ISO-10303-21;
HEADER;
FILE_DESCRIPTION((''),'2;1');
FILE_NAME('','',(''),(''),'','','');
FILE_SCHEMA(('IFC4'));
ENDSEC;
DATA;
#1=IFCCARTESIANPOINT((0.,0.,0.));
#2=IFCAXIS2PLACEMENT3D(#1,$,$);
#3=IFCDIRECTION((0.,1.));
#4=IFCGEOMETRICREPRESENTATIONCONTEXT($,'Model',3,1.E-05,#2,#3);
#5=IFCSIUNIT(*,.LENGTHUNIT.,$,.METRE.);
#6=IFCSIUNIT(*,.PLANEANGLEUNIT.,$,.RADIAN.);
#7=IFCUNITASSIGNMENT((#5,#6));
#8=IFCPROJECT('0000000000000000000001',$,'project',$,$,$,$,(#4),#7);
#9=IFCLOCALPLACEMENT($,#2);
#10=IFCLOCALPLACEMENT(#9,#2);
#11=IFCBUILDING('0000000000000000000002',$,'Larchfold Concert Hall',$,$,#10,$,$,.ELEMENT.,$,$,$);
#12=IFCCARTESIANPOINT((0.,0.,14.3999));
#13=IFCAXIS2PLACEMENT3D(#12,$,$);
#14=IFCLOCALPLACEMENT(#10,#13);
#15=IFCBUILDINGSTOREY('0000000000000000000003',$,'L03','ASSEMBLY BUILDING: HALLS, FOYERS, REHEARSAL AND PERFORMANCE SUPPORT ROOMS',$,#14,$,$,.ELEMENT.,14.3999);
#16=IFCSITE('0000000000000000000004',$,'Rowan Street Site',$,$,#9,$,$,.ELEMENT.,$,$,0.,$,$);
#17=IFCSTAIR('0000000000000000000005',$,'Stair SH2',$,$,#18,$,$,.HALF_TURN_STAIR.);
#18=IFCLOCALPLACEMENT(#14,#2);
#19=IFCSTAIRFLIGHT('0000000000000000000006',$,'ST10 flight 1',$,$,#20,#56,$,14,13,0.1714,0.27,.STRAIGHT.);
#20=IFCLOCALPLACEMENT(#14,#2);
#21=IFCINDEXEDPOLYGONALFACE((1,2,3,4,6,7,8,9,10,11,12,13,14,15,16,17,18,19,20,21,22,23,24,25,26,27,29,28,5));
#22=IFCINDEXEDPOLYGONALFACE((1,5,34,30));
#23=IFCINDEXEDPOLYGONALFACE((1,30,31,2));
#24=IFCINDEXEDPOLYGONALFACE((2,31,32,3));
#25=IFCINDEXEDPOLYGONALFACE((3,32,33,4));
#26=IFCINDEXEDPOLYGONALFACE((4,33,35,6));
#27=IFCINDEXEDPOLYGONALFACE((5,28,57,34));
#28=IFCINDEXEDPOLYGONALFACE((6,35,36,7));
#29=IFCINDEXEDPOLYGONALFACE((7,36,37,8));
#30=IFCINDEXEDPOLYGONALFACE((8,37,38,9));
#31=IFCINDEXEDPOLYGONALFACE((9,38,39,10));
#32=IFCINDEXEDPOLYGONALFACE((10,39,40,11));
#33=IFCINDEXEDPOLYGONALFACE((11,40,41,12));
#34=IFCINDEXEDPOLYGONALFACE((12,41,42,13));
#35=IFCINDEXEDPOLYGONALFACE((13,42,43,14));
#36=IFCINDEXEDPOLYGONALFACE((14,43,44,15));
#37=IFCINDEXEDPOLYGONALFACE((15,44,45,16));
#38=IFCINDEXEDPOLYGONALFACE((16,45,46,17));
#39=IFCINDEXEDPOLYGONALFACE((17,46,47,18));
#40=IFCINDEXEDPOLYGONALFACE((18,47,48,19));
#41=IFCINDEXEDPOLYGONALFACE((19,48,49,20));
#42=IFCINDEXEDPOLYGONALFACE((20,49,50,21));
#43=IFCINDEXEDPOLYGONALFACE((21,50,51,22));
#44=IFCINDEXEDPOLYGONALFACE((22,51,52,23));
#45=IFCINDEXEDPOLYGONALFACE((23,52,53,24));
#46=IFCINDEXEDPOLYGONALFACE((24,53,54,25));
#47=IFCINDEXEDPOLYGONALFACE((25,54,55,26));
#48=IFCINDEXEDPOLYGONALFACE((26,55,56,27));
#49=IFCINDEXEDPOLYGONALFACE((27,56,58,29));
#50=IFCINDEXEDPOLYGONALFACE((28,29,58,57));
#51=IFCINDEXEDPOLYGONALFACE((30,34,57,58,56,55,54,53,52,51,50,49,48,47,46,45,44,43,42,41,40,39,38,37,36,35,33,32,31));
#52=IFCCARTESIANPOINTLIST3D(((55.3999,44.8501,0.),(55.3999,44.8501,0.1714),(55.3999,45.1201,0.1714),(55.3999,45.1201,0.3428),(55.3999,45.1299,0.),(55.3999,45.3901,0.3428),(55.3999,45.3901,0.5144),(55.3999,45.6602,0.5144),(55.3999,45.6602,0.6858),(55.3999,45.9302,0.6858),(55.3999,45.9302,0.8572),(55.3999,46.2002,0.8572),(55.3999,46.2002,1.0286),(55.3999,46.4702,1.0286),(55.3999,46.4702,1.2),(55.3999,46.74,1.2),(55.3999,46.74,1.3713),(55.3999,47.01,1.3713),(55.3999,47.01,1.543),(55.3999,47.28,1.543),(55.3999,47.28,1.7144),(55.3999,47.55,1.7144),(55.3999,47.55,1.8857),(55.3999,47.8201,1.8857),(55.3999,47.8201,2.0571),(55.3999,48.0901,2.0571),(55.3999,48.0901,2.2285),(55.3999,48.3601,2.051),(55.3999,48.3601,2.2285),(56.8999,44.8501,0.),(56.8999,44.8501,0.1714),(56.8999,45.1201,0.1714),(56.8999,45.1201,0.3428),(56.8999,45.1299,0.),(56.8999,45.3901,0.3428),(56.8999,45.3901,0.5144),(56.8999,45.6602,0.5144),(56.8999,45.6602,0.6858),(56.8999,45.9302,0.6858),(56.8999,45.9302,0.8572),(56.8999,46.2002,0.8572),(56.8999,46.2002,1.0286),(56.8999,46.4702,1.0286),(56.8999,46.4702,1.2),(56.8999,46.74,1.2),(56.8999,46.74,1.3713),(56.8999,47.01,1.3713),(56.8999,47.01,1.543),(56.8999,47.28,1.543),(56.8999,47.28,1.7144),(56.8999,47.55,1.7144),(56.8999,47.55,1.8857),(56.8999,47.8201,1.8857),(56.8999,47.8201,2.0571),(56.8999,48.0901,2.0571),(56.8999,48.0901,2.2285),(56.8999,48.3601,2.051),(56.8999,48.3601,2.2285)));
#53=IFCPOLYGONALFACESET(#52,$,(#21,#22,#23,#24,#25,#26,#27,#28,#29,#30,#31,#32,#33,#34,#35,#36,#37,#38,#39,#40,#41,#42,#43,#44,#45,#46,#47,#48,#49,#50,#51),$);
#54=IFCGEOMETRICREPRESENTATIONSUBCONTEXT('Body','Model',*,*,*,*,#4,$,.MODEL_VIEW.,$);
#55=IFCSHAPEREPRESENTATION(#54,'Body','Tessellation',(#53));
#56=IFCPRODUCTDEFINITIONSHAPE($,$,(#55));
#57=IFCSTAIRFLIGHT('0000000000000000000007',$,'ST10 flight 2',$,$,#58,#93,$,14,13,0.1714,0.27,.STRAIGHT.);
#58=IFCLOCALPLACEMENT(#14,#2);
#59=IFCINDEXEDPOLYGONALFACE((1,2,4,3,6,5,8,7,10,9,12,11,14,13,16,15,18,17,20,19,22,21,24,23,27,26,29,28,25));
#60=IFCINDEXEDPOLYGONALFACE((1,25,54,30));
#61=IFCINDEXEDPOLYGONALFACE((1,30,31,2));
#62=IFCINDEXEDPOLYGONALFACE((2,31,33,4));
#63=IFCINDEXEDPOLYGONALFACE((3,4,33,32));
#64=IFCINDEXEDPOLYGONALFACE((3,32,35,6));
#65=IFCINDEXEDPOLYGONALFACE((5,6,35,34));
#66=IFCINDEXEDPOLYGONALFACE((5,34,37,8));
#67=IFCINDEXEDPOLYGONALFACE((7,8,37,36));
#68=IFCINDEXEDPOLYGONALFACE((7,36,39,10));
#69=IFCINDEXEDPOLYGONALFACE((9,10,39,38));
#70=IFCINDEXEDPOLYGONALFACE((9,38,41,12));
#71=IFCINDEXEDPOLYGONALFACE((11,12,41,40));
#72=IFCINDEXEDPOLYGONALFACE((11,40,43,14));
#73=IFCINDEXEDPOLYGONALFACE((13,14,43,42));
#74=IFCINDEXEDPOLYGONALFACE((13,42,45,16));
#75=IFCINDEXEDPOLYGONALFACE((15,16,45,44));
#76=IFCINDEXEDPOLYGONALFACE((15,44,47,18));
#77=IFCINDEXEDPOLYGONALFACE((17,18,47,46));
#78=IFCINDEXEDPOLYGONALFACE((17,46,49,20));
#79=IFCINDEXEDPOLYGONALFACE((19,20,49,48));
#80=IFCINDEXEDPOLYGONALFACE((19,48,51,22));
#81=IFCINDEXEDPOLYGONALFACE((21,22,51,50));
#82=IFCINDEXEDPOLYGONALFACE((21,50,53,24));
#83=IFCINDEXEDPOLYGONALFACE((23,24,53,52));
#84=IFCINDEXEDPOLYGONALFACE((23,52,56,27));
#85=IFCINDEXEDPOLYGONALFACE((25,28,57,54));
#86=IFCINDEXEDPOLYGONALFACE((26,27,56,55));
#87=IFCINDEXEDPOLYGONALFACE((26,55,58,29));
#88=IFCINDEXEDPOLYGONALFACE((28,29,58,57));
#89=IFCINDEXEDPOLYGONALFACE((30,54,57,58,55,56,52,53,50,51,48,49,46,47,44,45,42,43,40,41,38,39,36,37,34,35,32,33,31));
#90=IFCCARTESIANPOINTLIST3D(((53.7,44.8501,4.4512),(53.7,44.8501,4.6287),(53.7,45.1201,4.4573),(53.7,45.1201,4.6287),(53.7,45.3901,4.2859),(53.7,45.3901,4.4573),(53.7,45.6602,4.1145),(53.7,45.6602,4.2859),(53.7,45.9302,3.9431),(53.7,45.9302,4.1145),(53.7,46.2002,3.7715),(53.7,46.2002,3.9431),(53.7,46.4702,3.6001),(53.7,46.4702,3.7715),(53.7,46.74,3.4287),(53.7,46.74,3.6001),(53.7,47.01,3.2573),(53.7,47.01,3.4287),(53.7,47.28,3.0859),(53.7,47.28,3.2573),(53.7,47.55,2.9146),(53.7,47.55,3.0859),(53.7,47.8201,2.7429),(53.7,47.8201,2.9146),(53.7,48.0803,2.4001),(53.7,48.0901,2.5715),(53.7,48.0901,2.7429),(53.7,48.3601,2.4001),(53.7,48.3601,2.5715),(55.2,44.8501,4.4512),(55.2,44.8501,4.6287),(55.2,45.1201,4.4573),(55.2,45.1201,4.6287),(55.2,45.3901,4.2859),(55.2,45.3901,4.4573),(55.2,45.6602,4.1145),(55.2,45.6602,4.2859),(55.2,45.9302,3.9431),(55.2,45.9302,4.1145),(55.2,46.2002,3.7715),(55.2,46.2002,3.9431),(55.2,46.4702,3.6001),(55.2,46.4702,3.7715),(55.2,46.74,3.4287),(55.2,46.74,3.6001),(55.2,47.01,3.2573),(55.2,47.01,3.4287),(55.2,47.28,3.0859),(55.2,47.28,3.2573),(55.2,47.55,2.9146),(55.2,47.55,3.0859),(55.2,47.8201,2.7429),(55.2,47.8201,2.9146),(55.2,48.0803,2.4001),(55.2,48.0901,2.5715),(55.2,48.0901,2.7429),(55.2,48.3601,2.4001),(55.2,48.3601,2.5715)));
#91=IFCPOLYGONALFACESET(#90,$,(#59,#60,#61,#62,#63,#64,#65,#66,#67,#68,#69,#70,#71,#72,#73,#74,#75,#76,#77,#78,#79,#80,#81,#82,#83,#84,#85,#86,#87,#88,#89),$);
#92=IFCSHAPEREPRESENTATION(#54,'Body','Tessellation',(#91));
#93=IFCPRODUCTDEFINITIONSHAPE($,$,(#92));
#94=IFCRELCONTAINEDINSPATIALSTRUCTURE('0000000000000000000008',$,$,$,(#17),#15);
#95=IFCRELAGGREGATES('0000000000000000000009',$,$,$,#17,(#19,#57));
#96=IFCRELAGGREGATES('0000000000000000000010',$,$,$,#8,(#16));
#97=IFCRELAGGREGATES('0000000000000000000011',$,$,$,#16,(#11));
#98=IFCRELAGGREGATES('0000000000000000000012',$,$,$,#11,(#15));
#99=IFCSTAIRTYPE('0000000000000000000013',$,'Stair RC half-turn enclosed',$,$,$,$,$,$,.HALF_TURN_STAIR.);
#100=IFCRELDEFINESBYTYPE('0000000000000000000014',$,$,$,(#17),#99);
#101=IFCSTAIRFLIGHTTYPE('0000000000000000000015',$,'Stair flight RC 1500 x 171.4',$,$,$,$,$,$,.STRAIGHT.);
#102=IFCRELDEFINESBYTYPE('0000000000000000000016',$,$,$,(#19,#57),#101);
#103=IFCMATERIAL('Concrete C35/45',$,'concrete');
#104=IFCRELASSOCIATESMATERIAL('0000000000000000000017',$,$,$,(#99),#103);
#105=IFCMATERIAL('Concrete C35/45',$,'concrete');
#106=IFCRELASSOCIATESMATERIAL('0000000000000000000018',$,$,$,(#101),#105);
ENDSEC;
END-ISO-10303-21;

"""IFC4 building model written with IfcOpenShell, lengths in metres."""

from ifc_helpers import new_model, si_unit, direction, frame, origin, place, context, subcontext, project, spatial, polyline, outline, extrude, material, type_object, element, aggregate, save


model = new_model("IFC4")

# Units and contexts
model_context = context("Model", 3, precision=1e-05, world=origin(), true_north=direction((0.0, 1.0)))
body_context = subcontext(model_context, "Body", "Model", "MODEL_VIEW")
ifc_project = project(units=[si_unit("LENGTHUNIT", "METRE"), si_unit("PLANEANGLEUNIT", "RADIAN")], contexts=[model_context])

# Site, building, storey
site_placement = place(None, origin())
site = spatial("IfcSite", under=ifc_project, at=site_placement, Name="Rowan Street Site", CompositionType="ELEMENT", RefElevation=0.0)
building_placement = place(site_placement, origin())
building = spatial("IfcBuilding", under=site, at=building_placement, Name="Larchfold Concert Hall", CompositionType="ELEMENT")
storey_placement = place(building_placement, frame((0.0, 0.0, 14.3999)))
storey = spatial("IfcBuildingStorey", under=building, at=storey_placement, Name="L03", Description="ASSEMBLY BUILDING: HALLS, FOYERS, REHEARSAL AND PERFORMANCE SUPPORT ROOMS", CompositionType="ELEMENT", Elevation=14.3999)

# Stair, stair flights
ifc_material_1 = material(Name="Concrete C35/45", Category="concrete")
stair_type = type_object("IfcStairType", Name="Stair RC half-turn enclosed", PredefinedType="HALF_TURN_STAIR", material=ifc_material_1)
stair_placement = place(storey_placement, origin())
stair = element("IfcStair", 1, at=stair_placement, inside=storey, type_object=stair_type, Name="Stair SH2", PredefinedType="HALF_TURN_STAIR")
ifc_material_2 = material(Name="Concrete C35/45", Category="concrete")
stair_flight_type = type_object("IfcStairFlightType", Name="Stair flight RC 1500 x 171.4", PredefinedType="STRAIGHT", material=ifc_material_2)
stair_flight_1_placement = place(storey_placement, frame((56.1499, 44.8501, 0.0), z_axis=(0.0, 0.0, 1.0), x_axis=(0.0, 1.0, 0.0)))
stair_flight_1 = element("IfcStairFlight", 2, at=stair_flight_1_placement, type_object=stair_flight_type, Name="ST10 flight 1", NumberOfRisers=14, NumberOfTreads=13, PredefinedType="STRAIGHT", RiserHeight=0.1714, TreadLength=0.27, context=body_context, shape_type="SweptSolid", body=[
    extrude(outline(polyline([(0.0, 0.0), (0.0, 0.1714), (0.27, 0.1714), (0.27, 0.3428), (0.54, 0.3428), (0.54, 0.5144), (0.8101, 0.5144), (0.8101, 0.6858), (1.0801, 0.6858), (1.0801, 0.8572), (1.3501, 0.8572), (1.3501, 1.0286), (1.6201, 1.0286), (1.6201, 1.2), (1.8899, 1.2), (1.8899, 1.3713), (2.1599, 1.3713), (2.1599, 1.543), (2.4299, 1.543), (2.4299, 1.7144), (2.7, 1.7144), (2.7, 1.8857), (2.97, 1.8857), (2.97, 2.0571), (3.24, 2.0571), (3.24, 2.2285), (3.51, 2.2285), (3.51, 2.3999), (3.51, 2.051), (0.2798, 0.0), (0.0, 0.0)])), frame((0.0, 0.75, 0.0), z_axis=(0.0, -1.0, 0.0), x_axis=(1.0, 0.0, 0.0)), (0.0, 0.0, 1.0), 1.5),
])
stair_flight_2_placement = place(storey_placement, frame((54.45, 48.3601, 2.4001), z_axis=(0.0, 0.0, 1.0), x_axis=(0.0, -1.0, 0.0)))
stair_flight_2 = element("IfcStairFlight", 3, at=stair_flight_2_placement, type_object=stair_flight_type, Name="ST10 flight 2", NumberOfRisers=14, NumberOfTreads=13, PredefinedType="STRAIGHT", RiserHeight=0.1714, TreadLength=0.27, context=body_context, shape_type="SweptSolid", body=[
    extrude(outline(polyline([(0.0, 0.0), (0.0, 0.1714), (0.27, 0.1714), (0.27, 0.3428), (0.54, 0.3428), (0.54, 0.5144), (0.8101, 0.5144), (0.8101, 0.6858), (1.0801, 0.6858), (1.0801, 0.8572), (1.3501, 0.8572), (1.3501, 1.0286), (1.6201, 1.0286), (1.6201, 1.2), (1.8899, 1.2), (1.8899, 1.3713), (2.1599, 1.3713), (2.1599, 1.543), (2.4299, 1.543), (2.4299, 1.7144), (2.7, 1.7144), (2.7, 1.8857), (2.97, 1.8857), (2.97, 2.0571), (3.24, 2.0571), (3.24, 2.2285), (3.51, 2.2285), (3.51, 2.3999), (3.51, 2.051), (0.2798, 0.0), (0.0, 0.0)])), frame((0.0, 0.75, 0.0), z_axis=(0.0, -1.0, 0.0), x_axis=(1.0, 0.0, 0.0)), (0.0, 0.0, 1.0), 1.5),
])
aggregate(stair, [stair_flight_1, stair_flight_2])

save(model, "model.ifc")
